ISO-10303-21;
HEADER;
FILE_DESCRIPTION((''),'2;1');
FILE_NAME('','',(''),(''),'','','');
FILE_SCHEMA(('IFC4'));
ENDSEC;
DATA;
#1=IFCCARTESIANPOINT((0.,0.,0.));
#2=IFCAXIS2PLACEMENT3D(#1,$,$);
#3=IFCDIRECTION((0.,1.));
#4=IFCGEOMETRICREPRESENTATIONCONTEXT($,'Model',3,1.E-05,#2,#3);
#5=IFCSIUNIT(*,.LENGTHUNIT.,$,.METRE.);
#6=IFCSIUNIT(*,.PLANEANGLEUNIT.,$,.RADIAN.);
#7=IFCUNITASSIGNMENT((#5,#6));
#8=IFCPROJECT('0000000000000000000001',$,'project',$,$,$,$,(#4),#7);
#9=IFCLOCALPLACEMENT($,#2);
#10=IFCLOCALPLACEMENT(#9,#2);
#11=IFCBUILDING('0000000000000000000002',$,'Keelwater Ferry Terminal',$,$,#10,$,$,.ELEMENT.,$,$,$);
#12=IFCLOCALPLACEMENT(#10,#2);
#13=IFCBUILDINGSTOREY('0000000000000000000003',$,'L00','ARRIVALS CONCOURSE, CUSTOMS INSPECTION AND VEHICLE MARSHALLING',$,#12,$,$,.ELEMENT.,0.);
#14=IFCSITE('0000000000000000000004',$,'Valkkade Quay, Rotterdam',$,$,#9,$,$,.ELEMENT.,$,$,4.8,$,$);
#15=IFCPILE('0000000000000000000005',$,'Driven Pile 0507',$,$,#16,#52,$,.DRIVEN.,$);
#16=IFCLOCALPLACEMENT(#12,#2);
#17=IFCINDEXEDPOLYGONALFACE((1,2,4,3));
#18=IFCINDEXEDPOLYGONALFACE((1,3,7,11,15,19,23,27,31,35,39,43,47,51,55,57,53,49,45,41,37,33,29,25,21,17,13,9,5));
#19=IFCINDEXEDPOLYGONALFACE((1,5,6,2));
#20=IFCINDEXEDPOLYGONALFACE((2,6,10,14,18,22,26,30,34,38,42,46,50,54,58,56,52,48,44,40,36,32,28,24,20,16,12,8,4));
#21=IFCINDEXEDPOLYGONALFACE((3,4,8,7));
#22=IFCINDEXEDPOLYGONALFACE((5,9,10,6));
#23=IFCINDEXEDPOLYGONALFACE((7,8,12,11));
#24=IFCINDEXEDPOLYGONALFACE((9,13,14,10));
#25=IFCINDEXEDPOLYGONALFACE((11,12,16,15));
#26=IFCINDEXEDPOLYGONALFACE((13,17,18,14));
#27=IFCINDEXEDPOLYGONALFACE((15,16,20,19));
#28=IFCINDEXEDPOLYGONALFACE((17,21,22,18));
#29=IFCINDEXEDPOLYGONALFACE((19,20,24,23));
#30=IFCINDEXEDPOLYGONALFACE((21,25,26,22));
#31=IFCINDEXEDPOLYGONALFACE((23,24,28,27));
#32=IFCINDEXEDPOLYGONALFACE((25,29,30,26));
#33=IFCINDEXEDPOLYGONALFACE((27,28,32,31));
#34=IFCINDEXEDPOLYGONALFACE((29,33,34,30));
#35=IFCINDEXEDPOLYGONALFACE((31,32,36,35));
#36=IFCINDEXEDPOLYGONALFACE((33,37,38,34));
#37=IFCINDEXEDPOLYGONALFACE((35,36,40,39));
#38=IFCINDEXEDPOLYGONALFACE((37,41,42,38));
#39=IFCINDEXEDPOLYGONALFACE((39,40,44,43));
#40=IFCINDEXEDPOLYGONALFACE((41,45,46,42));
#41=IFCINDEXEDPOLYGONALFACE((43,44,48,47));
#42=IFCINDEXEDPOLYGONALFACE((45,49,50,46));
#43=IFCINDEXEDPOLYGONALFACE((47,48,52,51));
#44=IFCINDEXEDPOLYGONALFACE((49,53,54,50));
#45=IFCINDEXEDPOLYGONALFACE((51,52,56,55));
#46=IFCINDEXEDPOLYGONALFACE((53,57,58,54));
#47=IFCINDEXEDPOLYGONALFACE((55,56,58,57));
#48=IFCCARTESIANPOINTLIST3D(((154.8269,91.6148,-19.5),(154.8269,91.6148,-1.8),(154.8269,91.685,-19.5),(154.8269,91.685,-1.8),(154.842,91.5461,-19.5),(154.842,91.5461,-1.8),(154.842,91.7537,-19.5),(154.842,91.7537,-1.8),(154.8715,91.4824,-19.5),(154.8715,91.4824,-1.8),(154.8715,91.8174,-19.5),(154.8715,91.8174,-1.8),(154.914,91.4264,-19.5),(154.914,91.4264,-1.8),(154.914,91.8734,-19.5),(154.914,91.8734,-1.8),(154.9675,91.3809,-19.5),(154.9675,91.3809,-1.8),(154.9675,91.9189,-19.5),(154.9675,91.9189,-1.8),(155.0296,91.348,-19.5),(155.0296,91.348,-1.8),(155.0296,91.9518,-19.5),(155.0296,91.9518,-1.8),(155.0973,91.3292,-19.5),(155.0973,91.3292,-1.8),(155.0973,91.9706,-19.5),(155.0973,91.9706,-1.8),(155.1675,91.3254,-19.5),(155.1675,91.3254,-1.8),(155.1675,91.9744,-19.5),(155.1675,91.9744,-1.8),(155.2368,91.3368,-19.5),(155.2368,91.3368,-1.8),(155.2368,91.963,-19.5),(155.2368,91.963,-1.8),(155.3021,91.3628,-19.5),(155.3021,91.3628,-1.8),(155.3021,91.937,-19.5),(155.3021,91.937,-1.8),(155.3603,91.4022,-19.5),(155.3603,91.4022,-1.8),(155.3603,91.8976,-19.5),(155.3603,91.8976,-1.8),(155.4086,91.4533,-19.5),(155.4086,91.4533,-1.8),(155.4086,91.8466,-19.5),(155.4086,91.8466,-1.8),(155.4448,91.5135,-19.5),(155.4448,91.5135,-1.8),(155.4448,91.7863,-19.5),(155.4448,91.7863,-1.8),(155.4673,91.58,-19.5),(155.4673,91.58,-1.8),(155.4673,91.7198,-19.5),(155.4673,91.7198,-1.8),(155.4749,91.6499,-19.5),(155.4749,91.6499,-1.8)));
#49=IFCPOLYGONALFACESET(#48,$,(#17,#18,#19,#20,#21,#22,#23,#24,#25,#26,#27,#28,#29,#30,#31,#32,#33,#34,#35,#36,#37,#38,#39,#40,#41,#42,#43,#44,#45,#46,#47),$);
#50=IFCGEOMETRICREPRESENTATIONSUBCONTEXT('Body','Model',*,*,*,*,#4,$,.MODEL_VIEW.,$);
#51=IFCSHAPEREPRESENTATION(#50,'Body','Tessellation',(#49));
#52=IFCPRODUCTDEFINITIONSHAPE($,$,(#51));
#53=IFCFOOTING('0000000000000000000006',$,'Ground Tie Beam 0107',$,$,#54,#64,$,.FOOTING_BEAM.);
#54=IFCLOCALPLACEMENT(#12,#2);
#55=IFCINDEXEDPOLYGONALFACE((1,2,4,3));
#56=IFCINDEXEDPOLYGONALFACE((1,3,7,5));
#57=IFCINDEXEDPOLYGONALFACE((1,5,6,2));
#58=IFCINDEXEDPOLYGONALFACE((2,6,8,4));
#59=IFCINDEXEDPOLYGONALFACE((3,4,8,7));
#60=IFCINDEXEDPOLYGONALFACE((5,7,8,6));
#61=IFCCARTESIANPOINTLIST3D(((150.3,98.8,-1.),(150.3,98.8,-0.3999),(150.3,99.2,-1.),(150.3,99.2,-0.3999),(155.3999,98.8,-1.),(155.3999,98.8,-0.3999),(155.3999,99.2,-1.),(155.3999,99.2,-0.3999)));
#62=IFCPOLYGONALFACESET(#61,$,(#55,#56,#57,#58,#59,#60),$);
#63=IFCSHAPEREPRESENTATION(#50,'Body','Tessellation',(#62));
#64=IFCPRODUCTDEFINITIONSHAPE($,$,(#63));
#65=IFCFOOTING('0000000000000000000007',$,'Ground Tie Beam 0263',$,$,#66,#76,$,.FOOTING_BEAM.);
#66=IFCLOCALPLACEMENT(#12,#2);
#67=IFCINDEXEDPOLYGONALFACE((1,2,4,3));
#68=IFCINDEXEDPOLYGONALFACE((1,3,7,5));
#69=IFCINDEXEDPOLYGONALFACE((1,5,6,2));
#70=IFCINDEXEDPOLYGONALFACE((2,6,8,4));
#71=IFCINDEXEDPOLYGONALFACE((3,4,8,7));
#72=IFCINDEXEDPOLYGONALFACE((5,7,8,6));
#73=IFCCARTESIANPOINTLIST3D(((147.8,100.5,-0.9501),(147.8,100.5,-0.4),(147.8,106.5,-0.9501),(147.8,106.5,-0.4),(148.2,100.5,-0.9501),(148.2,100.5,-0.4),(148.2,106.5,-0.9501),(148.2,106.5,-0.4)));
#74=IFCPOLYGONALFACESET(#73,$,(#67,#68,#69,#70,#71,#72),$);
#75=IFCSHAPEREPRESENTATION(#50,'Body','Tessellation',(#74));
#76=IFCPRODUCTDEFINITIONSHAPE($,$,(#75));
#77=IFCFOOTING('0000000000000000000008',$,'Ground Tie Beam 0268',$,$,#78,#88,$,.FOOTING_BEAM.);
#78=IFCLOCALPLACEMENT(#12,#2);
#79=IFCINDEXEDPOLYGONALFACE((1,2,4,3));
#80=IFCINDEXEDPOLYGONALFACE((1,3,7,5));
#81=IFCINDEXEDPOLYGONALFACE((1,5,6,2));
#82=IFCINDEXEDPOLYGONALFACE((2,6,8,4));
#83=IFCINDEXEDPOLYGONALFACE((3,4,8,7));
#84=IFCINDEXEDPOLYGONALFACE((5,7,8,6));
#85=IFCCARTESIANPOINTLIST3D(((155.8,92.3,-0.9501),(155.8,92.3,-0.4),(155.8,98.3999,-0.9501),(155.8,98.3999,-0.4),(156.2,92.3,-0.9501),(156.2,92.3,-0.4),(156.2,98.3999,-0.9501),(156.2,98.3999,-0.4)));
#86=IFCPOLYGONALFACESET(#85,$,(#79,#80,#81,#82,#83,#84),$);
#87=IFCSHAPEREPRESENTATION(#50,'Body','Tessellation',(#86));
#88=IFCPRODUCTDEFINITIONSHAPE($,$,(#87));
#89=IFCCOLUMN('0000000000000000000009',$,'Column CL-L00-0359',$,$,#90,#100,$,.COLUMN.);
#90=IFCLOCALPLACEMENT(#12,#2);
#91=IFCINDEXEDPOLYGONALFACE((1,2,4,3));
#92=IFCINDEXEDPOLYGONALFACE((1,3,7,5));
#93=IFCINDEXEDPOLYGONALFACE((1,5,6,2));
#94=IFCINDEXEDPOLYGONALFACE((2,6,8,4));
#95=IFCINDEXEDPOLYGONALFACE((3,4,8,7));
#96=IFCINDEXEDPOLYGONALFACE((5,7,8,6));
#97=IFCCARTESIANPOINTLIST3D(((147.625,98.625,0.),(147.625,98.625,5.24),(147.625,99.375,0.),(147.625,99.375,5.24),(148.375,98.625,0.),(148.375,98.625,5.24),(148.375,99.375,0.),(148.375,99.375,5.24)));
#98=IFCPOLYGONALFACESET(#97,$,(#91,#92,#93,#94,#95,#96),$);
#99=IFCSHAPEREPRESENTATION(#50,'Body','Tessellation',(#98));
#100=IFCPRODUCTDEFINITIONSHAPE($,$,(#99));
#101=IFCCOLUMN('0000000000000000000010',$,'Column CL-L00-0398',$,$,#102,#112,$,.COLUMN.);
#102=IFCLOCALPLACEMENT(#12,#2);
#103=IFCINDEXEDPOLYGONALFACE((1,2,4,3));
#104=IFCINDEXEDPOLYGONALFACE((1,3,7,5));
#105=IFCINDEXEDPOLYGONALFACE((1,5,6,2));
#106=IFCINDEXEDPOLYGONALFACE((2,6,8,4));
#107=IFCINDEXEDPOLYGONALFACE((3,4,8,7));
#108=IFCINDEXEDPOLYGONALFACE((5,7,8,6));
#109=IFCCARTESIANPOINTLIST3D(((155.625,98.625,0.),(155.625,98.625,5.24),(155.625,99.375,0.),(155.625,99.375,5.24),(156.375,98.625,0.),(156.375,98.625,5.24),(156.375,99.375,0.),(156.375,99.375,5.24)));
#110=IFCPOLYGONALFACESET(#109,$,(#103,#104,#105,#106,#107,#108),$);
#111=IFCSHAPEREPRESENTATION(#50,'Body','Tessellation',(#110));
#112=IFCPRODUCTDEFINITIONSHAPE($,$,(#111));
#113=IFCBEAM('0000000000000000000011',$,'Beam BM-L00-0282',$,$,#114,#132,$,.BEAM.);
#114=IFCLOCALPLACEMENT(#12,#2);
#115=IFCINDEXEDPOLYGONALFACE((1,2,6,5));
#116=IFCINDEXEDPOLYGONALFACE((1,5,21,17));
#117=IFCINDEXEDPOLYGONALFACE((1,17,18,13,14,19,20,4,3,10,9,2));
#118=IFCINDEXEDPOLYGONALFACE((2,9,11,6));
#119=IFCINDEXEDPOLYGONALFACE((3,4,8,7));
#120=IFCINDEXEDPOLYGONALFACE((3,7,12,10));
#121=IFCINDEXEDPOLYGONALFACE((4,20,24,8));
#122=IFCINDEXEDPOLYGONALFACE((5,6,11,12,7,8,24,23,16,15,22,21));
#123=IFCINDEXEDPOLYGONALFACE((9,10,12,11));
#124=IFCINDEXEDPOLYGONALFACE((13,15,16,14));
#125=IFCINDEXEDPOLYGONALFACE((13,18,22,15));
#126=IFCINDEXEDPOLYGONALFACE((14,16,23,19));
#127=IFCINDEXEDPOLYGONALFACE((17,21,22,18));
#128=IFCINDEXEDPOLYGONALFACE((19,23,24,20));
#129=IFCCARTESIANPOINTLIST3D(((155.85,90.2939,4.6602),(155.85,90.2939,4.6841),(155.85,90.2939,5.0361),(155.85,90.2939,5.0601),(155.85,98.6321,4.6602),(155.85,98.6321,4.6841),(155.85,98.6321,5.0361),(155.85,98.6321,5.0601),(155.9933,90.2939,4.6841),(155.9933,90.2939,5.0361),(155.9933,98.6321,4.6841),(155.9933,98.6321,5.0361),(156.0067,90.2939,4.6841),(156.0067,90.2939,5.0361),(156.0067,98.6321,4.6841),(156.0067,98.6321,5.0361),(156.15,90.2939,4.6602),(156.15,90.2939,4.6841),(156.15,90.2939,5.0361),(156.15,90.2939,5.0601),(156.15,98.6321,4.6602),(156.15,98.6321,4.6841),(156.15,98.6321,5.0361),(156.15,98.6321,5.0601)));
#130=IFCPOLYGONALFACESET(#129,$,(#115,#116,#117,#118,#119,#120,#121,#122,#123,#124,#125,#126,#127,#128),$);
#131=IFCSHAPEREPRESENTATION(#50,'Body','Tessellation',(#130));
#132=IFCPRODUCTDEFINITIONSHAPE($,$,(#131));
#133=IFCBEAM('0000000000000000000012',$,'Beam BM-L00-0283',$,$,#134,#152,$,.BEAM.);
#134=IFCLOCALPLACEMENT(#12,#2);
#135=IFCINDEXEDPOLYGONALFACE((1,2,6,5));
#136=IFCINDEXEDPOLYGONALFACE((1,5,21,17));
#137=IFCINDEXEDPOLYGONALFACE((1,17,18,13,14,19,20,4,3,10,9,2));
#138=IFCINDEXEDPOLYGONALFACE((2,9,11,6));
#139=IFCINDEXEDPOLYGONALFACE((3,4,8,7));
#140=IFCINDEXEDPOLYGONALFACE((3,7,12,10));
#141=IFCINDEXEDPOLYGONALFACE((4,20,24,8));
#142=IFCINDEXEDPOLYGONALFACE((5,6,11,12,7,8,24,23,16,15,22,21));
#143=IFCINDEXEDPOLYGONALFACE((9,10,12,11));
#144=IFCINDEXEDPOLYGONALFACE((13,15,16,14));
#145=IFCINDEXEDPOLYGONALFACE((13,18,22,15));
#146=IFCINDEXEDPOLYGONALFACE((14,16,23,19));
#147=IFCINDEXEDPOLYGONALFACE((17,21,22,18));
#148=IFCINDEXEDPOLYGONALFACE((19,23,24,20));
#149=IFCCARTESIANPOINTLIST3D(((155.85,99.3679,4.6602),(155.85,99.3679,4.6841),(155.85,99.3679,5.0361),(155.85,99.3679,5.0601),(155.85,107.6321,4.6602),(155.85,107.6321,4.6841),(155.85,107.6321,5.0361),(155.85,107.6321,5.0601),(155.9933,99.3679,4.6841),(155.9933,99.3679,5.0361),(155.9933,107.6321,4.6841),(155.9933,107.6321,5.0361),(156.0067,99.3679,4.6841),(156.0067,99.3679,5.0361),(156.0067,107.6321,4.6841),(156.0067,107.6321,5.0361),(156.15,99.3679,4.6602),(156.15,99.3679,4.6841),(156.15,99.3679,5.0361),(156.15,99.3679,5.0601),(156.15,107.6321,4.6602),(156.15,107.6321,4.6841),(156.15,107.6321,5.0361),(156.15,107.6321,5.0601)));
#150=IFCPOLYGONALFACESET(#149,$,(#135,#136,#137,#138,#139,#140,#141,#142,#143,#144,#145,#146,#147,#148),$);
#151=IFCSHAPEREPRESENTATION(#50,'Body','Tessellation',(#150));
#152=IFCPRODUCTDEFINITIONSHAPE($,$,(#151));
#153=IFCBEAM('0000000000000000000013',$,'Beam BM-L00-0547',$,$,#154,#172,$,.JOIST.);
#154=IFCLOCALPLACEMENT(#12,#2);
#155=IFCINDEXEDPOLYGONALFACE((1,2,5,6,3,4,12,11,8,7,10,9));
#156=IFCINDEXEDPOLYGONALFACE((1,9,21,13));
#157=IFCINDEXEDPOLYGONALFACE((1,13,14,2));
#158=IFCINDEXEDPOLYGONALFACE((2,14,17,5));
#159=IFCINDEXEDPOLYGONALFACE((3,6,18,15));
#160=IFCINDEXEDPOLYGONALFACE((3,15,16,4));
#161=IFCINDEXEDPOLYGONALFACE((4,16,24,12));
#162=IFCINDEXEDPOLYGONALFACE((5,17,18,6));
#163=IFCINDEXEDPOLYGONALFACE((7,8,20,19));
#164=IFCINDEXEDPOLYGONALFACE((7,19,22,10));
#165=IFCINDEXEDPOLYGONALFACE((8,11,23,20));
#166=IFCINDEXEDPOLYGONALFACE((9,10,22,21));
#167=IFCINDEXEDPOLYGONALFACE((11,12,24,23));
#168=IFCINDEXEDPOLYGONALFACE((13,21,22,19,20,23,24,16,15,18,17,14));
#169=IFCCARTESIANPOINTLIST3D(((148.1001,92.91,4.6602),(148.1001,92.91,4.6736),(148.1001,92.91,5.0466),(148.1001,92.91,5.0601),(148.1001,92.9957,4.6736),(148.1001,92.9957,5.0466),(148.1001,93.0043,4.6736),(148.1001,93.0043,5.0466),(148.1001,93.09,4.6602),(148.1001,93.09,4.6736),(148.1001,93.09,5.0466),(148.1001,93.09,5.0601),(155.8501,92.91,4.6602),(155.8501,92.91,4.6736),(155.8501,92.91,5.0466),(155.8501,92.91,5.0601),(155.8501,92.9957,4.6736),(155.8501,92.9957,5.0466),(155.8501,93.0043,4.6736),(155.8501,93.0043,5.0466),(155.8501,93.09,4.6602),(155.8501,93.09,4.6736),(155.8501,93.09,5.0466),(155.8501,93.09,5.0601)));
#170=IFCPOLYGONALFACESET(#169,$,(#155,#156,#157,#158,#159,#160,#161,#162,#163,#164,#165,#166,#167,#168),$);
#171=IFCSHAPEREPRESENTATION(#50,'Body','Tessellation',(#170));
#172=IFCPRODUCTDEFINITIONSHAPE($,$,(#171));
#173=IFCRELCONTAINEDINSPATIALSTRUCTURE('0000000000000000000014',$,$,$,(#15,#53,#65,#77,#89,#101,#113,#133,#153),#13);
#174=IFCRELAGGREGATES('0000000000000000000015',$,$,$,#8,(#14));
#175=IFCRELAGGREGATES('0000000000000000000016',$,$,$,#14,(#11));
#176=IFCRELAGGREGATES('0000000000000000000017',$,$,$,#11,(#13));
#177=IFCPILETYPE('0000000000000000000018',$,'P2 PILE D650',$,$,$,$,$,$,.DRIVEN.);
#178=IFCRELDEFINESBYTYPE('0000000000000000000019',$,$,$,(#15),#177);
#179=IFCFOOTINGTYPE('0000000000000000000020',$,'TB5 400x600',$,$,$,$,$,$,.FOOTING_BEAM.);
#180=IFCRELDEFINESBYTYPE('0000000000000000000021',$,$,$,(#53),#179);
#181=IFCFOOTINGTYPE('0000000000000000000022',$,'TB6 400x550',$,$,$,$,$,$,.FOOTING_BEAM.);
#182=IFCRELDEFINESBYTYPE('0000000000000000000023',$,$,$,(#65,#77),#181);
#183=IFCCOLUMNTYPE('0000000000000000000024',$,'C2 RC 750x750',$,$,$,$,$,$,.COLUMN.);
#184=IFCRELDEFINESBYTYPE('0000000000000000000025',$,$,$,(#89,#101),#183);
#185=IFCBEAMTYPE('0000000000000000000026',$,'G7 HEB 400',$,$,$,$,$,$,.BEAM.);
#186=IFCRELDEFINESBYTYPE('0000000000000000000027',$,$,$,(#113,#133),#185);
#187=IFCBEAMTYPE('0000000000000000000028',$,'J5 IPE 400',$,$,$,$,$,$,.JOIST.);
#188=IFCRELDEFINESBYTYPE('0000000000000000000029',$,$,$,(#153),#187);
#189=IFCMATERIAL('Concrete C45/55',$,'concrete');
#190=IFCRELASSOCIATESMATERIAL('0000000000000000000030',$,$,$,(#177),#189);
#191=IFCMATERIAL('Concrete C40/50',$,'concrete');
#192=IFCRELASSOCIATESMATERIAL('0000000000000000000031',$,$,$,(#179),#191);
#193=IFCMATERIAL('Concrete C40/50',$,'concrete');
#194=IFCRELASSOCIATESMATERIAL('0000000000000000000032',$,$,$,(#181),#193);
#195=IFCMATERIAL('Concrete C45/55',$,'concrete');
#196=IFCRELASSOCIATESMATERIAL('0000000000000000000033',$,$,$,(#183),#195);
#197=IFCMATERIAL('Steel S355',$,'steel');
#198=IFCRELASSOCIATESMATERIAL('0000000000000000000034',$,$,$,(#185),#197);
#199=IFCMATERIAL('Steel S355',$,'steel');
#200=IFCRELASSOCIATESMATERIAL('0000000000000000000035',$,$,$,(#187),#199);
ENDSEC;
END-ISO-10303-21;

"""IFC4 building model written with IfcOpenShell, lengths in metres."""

from ifc_helpers import new_model, si_unit, direction, frame, origin, origin_2d, place, context, subcontext, project, spatial, rectangle, circle, i_section, extrude, material, material_profile, profile_set, type_object, element, save


model = new_model("IFC4")

# Units and contexts
model_context = context("Model", 3, precision=1e-05, world=origin(), true_north=direction((0.0, 1.0)))
body_context = subcontext(model_context, "Body", "Model", "MODEL_VIEW")
ifc_project = project(units=[si_unit("LENGTHUNIT", "METRE"), si_unit("PLANEANGLEUNIT", "RADIAN")], contexts=[model_context])

# Site, building, storey
site_placement = place(None, origin())
site = spatial("IfcSite", under=ifc_project, at=site_placement, Name="Valkkade Quay, Rotterdam", CompositionType="ELEMENT", RefElevation=4.8)
building_placement = place(site_placement, origin())
building = spatial("IfcBuilding", under=site, at=building_placement, Name="Keelwater Ferry Terminal", CompositionType="ELEMENT")
storey_placement = place(building_placement, origin())
storey = spatial("IfcBuildingStorey", under=building, at=storey_placement, Name="L00", Description="ARRIVALS CONCOURSE, CUSTOMS INSPECTION AND VEHICLE MARSHALLING", CompositionType="ELEMENT", Elevation=0.0)

# Pile
ifc_material_1 = material(Name="Concrete C45/55", Category="concrete")
ifc_material_profile_1 = material_profile(ifc_material_1, circle(Radius=0.325, at=origin_2d()), Name="PILE D650")
ifc_profile_set_1 = profile_set([ifc_material_profile_1], Name="Concrete C45/55")
pile_type_1 = type_object("IfcPileType", Name="P2 PILE D650", PredefinedType="DRIVEN", material=ifc_profile_set_1)
for number, where, z_axis, x_axis, name in (
    (1, (155.1499, 91.6499, -1.8), (0.0, 0.0, -1.0), (1.0, 0.0, 0.0), "Driven Pile 0507"),
):
    element("IfcPile", number, at=place(storey_placement, frame(where, z_axis=z_axis, x_axis=x_axis)), inside=storey, type_object=pile_type_1, Name=name, PredefinedType="DRIVEN", context=body_context, shape_type="SweptSolid", body=[
        extrude(circle(Radius=0.325, at=origin_2d()), origin(), (0.0, 0.0, 1.0), 17.7),
    ])

# Footings
ifc_material_2 = material(Name="Concrete C40/50", Category="concrete")
ifc_material_profile_2 = material_profile(ifc_material_2, rectangle(XDim=0.3999, YDim=0.6001, at=origin_2d()), Name="TB 400x600")
ifc_profile_set_2 = profile_set([ifc_material_profile_2], Name="Concrete C40/50")
footing_type_1 = type_object("IfcFootingType", Name="TB5 400x600", PredefinedType="FOOTING_BEAM", material=ifc_profile_set_2)
footing_1_placement = place(storey_placement, frame((150.3, 99.0, -0.7), z_axis=(1.0, 0.0, 0.0), x_axis=(0.0, 1.0, 0.0)))
element("IfcFooting", 2, at=footing_1_placement, inside=storey, type_object=footing_type_1, Name="Ground Tie Beam 0107", PredefinedType="FOOTING_BEAM", context=body_context, shape_type="SweptSolid", body=[
    extrude(rectangle(XDim=0.3999, YDim=0.6001, at=origin_2d()), origin(), (0.0, 0.0, 1.0), 5.0999),
])
ifc_material_3 = material(Name="Concrete C40/50", Category="concrete")
ifc_material_profile_3 = material_profile(ifc_material_3, rectangle(XDim=0.3999, YDim=0.55, at=origin_2d()), Name="TB 400x550")
ifc_profile_set_3 = profile_set([ifc_material_profile_3], Name="Concrete C40/50")
footing_type_2 = type_object("IfcFootingType", Name="TB6 400x550", PredefinedType="FOOTING_BEAM", material=ifc_profile_set_3)
footing_2_placement = place(storey_placement, frame((148.0, 100.5, -0.675), z_axis=(0.0, 1.0, 0.0), x_axis=(-1.0, 0.0, 0.0)))
element("IfcFooting", 3, at=footing_2_placement, inside=storey, type_object=footing_type_2, Name="Ground Tie Beam 0263", PredefinedType="FOOTING_BEAM", context=body_context, shape_type="SweptSolid", body=[
    extrude(rectangle(XDim=0.3999, YDim=0.55, at=origin_2d()), origin(), (0.0, 0.0, 1.0), 6.0),
])
footing_3_placement = place(storey_placement, frame((156.0, 92.3, -0.675), z_axis=(0.0, 1.0, 0.0), x_axis=(-1.0, 0.0, 0.0)))
element("IfcFooting", 4, at=footing_3_placement, inside=storey, type_object=footing_type_2, Name="Ground Tie Beam 0268", PredefinedType="FOOTING_BEAM", context=body_context, shape_type="SweptSolid", body=[
    extrude(rectangle(XDim=0.3999, YDim=0.55, at=origin_2d()), origin(), (0.0, 0.0, 1.0), 6.0999),
])

# Columns
ifc_material_4 = material(Name="Concrete C45/55", Category="concrete")
ifc_material_profile_4 = material_profile(ifc_material_4, rectangle(XDim=0.75, YDim=0.75, at=origin_2d()), Name="RC 750x750")
ifc_profile_set_4 = profile_set([ifc_material_profile_4], Name="Concrete C45/55")
column_type = type_object("IfcColumnType", Name="C2 RC 750x750", PredefinedType="COLUMN", material=ifc_profile_set_4)
for number, where, z_axis, x_axis, name in (
    (5, (148.0, 99.0, 0.0), (0.0, 0.0, 1.0), (1.0, 0.0, 0.0), "Column CL-L00-0359"),
    (6, (156.0, 99.0, 0.0), (0.0, 0.0, 1.0), (1.0, 0.0, 0.0), "Column CL-L00-0398"),
):
    element("IfcColumn", number, at=place(storey_placement, frame(where, z_axis=z_axis, x_axis=x_axis)), inside=storey, type_object=column_type, Name=name, PredefinedType="COLUMN", context=body_context, shape_type="SweptSolid", body=[
        extrude(rectangle(XDim=0.75, YDim=0.75, at=origin_2d()), origin(), (0.0, 0.0, 1.0), 5.24),
    ])

# Beams
ifc_material_5 = material(Name="Steel S355", Category="steel")
ifc_material_profile_5 = material_profile(ifc_material_5, i_section(OverallWidth=0.3, OverallDepth=0.3999, WebThickness=0.0134, FlangeThickness=0.0239, at=origin_2d()), Name="HEB 400")
ifc_profile_set_5 = profile_set([ifc_material_profile_5], Name="Steel S355")
beam_type_1 = type_object("IfcBeamType", Name="G7 HEB 400", PredefinedType="BEAM", material=ifc_profile_set_5)
beam_1_placement = place(storey_placement, frame((156.0, 90.2939, 4.8601), z_axis=(0.0, 1.0, 0.0), x_axis=(-1.0, 0.0, 0.0)))
element("IfcBeam", 7, at=beam_1_placement, inside=storey, type_object=beam_type_1, Name="Beam BM-L00-0282", PredefinedType="BEAM", context=body_context, shape_type="SweptSolid", body=[
    extrude(i_section(OverallWidth=0.3, OverallDepth=0.3999, WebThickness=0.0134, FlangeThickness=0.0239, at=origin_2d()), origin(), (0.0, 0.0, 1.0), 8.3381),
])
beam_2_placement = place(storey_placement, frame((156.0, 99.3679, 4.8601), z_axis=(0.0, 1.0, 0.0), x_axis=(-1.0, 0.0, 0.0)))
element("IfcBeam", 8, at=beam_2_placement, inside=storey, type_object=beam_type_1, Name="Beam BM-L00-0283", PredefinedType="BEAM", context=body_context, shape_type="SweptSolid", body=[
    extrude(i_section(OverallWidth=0.3, OverallDepth=0.3999, WebThickness=0.0134, FlangeThickness=0.0239, at=origin_2d()), origin(), (0.0, 0.0, 1.0), 8.2642),
])
ifc_material_6 = material(Name="Steel S355", Category="steel")
ifc_material_profile_6 = material_profile(ifc_material_6, i_section(OverallWidth=0.1799, OverallDepth=0.3999, WebThickness=0.0085, FlangeThickness=0.0134, at=origin_2d()), Name="IPE 400")
ifc_profile_set_6 = profile_set([ifc_material_profile_6], Name="Steel S355")
beam_type_2 = type_object("IfcBeamType", Name="J5 IPE 400", PredefinedType="JOIST", material=ifc_profile_set_6)
for number, where, z_axis, x_axis, name in (
    (9, (148.1001, 93.0, 4.8601), (1.0, 0.0, 0.0), (0.0, 1.0, 0.0), "Beam BM-L00-0547"),
):
    element("IfcBeam", number, at=place(storey_placement, frame(where, z_axis=z_axis, x_axis=x_axis)), inside=storey, type_object=beam_type_2, Name=name, PredefinedType="JOIST", context=body_context, shape_type="SweptSolid", body=[
        extrude(i_section(OverallWidth=0.1799, OverallDepth=0.3999, WebThickness=0.0085, FlangeThickness=0.0134, at=origin_2d()), origin(), (0.0, 0.0, 1.0), 7.75),
    ])

save(model, "model.ifc")
